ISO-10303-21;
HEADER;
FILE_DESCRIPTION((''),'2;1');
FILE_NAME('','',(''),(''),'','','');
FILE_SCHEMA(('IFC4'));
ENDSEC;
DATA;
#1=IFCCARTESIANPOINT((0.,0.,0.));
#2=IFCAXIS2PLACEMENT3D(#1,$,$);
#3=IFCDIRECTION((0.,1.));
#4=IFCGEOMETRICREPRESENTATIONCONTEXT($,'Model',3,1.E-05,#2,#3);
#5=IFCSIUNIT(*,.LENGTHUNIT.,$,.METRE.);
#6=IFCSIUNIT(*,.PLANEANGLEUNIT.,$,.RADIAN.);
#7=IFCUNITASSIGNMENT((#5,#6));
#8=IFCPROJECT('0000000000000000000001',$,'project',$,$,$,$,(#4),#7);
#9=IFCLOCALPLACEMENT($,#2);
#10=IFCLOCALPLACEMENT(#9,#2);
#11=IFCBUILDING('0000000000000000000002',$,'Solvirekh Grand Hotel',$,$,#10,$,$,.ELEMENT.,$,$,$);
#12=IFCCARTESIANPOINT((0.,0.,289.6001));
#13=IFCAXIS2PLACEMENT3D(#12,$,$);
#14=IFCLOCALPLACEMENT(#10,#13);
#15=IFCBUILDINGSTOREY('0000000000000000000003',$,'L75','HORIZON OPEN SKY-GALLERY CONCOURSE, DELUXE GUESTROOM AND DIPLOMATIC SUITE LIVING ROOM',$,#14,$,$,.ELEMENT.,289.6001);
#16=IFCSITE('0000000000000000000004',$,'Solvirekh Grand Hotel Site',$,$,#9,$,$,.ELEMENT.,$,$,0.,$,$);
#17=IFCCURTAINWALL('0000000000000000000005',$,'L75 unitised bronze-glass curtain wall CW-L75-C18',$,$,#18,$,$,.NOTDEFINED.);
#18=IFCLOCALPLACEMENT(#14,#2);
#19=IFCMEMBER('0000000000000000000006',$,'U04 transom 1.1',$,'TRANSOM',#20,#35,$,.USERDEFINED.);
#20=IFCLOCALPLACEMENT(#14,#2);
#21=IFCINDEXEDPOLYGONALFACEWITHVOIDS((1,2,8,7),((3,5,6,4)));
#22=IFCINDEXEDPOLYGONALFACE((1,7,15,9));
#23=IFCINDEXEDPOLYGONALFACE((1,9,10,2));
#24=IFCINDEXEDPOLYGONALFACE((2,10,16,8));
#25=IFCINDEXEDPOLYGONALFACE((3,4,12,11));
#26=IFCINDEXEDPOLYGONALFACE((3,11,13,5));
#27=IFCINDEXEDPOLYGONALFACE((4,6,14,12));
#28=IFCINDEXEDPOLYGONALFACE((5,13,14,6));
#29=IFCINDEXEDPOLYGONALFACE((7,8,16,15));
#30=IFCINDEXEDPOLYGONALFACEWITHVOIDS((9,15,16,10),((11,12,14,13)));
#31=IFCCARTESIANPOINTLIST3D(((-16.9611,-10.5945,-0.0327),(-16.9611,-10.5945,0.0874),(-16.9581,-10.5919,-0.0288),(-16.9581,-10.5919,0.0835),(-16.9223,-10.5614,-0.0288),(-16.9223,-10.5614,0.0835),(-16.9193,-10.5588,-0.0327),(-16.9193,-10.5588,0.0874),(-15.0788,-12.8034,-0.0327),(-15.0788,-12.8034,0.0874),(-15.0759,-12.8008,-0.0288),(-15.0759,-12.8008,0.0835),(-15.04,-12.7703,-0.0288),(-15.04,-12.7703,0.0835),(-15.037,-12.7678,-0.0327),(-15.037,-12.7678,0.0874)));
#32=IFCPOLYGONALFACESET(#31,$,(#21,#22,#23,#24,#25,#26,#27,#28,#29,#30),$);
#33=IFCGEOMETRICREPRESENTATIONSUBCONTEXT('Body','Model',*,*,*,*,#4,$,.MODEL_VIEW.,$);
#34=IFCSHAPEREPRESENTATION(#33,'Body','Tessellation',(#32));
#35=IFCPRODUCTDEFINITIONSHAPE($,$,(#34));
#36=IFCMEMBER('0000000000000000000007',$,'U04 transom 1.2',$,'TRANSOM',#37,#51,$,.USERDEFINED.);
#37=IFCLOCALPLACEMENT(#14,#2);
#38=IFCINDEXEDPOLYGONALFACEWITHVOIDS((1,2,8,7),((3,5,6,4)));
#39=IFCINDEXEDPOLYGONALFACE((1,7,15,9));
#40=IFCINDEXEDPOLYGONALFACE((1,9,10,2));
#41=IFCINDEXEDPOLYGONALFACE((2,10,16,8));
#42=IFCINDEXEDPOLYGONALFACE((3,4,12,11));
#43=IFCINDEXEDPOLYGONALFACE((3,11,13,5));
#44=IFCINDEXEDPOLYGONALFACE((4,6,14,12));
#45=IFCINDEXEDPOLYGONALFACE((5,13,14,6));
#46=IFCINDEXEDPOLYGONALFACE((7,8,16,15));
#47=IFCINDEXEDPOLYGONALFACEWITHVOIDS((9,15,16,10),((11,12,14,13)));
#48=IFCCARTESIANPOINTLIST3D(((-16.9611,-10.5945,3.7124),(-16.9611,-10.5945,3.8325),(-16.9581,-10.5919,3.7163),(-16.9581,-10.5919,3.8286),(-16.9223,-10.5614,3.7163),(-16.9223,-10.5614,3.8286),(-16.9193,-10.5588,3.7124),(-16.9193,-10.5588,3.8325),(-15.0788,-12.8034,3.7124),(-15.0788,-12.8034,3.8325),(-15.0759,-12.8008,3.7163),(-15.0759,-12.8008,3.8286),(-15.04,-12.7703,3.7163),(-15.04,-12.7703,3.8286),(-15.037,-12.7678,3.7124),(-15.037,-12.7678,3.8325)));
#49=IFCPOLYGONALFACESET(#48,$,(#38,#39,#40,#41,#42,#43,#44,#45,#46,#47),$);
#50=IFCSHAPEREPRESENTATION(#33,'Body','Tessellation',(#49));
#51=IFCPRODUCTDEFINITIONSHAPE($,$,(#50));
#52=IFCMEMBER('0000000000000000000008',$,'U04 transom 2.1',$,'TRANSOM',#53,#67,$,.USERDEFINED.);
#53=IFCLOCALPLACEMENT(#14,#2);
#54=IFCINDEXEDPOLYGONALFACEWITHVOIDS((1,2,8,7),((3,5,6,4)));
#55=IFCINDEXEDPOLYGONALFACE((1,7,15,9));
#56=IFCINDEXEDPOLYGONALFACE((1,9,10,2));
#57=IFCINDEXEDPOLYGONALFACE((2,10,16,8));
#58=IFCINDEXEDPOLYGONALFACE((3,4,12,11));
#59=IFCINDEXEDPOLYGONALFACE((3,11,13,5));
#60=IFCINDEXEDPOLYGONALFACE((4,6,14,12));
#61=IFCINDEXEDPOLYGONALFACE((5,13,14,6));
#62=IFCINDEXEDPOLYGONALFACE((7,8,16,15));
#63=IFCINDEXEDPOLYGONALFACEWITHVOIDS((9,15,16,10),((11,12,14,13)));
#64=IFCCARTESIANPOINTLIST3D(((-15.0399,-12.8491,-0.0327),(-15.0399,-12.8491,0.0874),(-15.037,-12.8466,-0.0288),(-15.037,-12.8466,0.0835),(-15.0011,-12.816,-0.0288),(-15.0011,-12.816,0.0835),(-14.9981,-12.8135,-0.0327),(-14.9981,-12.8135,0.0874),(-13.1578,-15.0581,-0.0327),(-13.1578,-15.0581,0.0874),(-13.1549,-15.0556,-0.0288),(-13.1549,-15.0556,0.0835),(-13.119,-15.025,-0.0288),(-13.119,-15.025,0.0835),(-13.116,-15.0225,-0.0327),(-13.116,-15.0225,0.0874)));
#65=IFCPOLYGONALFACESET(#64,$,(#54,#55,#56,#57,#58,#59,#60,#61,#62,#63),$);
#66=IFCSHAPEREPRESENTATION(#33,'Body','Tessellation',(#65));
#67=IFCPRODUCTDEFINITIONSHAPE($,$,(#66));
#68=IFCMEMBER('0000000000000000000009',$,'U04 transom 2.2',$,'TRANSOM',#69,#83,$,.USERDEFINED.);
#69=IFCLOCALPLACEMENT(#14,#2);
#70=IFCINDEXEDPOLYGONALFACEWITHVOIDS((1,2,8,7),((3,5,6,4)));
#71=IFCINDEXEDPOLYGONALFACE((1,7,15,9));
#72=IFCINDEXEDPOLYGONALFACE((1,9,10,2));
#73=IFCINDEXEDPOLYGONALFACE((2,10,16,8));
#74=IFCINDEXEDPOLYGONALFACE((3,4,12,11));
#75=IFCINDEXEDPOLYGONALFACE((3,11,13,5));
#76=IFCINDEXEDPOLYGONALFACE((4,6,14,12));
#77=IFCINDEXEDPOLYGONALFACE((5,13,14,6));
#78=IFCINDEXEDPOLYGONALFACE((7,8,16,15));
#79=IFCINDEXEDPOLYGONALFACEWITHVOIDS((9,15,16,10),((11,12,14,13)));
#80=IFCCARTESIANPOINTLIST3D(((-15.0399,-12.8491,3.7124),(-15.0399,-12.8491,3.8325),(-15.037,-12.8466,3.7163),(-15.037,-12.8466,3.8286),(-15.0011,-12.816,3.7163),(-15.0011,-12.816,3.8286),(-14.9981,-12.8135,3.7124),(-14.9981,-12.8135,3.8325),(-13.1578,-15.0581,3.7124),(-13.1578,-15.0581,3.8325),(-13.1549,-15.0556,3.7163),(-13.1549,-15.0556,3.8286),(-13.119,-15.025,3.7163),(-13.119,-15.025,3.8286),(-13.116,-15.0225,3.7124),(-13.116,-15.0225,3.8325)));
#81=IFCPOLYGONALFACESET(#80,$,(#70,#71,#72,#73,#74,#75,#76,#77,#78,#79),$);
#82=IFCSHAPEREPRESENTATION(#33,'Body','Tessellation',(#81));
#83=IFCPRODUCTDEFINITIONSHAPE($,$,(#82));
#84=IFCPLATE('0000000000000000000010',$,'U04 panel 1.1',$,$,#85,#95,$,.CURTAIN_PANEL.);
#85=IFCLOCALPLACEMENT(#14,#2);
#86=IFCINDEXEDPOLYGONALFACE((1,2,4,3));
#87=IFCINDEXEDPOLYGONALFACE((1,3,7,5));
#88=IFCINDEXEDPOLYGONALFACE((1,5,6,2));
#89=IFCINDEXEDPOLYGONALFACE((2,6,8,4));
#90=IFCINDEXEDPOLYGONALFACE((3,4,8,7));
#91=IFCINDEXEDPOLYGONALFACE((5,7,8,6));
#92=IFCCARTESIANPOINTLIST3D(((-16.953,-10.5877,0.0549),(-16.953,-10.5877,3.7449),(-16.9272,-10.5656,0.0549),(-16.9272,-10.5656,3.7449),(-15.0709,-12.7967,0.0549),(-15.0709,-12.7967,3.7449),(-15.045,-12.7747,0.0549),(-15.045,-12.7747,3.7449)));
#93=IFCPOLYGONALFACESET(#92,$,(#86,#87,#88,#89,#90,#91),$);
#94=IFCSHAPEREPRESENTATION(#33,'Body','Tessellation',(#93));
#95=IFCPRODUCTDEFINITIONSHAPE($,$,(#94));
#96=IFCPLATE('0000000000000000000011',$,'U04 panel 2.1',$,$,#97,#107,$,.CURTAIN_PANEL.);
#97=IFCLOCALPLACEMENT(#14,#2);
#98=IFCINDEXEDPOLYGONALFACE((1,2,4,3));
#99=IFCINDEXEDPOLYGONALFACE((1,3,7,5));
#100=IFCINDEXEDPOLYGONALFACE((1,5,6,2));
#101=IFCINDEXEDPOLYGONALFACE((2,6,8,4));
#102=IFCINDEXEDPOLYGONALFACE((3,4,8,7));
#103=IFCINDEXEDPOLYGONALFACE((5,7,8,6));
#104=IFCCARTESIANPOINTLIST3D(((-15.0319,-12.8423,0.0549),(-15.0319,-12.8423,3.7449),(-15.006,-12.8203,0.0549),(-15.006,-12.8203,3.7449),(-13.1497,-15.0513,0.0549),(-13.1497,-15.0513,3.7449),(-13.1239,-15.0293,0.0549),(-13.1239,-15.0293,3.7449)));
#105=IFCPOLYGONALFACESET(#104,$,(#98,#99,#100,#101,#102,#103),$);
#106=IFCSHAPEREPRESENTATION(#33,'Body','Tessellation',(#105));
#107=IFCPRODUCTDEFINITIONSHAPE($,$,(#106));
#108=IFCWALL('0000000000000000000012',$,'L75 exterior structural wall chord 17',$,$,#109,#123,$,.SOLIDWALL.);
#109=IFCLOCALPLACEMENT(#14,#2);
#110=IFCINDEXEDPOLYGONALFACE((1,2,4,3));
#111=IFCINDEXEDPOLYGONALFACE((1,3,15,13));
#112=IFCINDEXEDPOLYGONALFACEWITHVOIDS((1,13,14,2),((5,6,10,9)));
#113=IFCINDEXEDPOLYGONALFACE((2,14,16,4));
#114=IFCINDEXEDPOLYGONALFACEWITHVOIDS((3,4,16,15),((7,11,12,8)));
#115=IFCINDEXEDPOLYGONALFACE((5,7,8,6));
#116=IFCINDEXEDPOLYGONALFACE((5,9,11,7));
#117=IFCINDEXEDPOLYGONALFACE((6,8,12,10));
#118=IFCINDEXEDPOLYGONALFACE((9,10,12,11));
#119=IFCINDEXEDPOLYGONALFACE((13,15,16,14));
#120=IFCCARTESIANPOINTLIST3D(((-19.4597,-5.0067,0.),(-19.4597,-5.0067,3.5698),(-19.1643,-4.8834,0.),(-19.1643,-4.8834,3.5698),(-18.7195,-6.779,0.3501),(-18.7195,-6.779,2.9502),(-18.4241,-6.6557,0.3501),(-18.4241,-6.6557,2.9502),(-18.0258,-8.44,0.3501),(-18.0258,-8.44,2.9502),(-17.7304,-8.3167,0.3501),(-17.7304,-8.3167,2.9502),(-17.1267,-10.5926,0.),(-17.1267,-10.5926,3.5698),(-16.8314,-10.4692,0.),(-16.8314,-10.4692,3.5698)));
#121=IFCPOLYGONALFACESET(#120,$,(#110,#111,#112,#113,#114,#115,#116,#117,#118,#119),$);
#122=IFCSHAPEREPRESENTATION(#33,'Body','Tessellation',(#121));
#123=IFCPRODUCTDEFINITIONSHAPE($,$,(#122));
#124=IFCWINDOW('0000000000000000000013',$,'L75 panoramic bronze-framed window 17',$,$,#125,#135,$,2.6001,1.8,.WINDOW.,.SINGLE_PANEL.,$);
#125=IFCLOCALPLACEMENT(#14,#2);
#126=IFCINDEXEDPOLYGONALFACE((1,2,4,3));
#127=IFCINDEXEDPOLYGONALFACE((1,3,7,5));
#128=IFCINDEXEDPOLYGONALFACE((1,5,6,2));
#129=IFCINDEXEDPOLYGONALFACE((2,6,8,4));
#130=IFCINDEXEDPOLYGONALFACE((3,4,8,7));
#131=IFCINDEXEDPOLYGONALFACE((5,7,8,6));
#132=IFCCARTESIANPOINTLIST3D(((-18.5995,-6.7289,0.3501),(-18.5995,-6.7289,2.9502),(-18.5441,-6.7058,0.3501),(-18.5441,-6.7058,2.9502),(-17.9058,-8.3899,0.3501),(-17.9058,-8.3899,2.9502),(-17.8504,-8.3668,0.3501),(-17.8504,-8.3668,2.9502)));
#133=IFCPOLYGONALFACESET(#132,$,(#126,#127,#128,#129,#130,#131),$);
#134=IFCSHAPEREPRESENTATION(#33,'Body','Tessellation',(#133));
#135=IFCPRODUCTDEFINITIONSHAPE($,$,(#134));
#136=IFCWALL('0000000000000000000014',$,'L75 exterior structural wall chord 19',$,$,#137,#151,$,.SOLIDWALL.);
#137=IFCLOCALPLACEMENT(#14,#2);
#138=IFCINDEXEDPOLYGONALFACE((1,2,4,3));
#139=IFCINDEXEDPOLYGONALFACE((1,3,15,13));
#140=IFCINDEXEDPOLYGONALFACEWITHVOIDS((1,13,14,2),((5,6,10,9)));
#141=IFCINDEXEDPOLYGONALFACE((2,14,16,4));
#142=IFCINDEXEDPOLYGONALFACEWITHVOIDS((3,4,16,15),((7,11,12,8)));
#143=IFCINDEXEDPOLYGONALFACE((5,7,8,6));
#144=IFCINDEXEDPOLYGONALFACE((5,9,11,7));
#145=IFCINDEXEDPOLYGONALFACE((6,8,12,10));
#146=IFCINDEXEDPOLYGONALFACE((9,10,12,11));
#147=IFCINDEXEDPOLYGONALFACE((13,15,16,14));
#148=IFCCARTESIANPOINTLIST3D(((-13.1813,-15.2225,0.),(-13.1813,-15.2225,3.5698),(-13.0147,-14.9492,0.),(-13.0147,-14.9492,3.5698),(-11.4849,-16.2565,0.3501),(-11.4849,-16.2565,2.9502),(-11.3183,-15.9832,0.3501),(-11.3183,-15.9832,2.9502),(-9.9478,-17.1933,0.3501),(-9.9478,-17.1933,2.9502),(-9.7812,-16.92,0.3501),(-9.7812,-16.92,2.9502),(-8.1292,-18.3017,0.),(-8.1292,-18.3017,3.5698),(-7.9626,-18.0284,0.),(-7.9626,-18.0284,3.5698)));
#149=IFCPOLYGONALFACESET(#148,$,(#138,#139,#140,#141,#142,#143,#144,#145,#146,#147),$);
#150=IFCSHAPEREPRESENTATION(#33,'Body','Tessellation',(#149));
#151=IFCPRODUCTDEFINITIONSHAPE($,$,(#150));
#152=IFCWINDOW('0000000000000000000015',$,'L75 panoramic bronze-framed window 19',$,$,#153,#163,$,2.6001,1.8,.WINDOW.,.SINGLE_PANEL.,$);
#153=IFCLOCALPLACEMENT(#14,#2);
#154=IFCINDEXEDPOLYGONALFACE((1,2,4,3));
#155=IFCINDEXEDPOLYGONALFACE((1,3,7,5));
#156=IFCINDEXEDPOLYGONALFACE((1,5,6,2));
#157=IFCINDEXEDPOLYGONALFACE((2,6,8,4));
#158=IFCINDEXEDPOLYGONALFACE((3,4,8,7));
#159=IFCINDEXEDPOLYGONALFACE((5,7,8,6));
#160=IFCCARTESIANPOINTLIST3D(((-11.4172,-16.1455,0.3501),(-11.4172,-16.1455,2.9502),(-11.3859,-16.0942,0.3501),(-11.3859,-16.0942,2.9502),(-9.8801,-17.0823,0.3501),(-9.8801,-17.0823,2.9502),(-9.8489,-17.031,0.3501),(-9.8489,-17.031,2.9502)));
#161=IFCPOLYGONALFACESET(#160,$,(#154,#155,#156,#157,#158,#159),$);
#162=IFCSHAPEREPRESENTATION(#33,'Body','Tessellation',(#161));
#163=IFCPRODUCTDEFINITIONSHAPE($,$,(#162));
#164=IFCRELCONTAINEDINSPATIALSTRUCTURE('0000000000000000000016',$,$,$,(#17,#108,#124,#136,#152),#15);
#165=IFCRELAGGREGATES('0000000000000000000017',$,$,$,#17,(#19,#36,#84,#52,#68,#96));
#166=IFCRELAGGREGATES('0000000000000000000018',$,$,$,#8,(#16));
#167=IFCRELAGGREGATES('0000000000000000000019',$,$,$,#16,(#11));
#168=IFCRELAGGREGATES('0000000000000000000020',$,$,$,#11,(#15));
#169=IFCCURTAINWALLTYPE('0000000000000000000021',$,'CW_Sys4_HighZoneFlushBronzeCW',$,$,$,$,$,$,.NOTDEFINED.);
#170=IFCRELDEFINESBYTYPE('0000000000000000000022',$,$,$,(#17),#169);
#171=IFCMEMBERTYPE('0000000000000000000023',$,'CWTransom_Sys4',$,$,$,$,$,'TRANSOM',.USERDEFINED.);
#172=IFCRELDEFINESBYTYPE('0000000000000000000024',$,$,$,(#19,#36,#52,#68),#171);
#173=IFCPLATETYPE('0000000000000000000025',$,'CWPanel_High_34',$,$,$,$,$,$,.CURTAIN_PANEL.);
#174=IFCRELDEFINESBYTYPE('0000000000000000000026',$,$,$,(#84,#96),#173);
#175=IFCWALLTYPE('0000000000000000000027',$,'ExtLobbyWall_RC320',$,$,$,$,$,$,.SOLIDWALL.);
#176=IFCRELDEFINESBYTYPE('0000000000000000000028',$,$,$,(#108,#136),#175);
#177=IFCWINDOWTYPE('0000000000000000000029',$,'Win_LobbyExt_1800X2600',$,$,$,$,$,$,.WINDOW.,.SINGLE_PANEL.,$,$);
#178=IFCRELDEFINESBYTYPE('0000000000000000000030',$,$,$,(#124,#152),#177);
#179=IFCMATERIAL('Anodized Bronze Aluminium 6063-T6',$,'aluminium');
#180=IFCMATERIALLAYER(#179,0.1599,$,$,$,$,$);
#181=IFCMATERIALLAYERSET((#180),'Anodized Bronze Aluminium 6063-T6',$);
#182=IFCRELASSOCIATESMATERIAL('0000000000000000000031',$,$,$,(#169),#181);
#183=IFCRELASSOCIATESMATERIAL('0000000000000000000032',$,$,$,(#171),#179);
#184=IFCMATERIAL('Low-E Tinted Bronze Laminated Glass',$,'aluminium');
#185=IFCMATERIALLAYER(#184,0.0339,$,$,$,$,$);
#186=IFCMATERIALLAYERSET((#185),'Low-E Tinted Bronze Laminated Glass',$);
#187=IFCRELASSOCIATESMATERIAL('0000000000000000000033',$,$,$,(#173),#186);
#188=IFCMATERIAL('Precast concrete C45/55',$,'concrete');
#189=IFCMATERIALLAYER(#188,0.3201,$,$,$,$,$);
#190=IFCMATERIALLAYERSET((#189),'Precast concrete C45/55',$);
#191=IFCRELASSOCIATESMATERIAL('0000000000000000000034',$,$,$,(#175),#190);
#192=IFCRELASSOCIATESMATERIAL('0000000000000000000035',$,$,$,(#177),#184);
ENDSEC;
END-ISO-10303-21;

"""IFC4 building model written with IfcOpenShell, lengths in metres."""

from ifc_helpers import new_model, si_unit, direction, frame, frame_2d, origin, origin_2d, place, context, subcontext, project, spatial, rectangle, hollow_rectangle, extrude, source, transform, mapped, material, layer, layer_set, material_profile, profile_set, type_object, element, fill, aggregate, save


model = new_model("IFC4")

# Units and contexts
model_context = context("Model", 3, precision=1e-05, world=origin(), true_north=direction((0.0, 1.0)))
body_context = subcontext(model_context, "Body", "Model", "MODEL_VIEW")
ifc_project = project(units=[si_unit("LENGTHUNIT", "METRE"), si_unit("PLANEANGLEUNIT", "RADIAN")], contexts=[model_context])

# Site, building, storey
site_placement = place(None, origin())
site = spatial("IfcSite", under=ifc_project, at=site_placement, Name="Solvirekh Grand Hotel Site", CompositionType="ELEMENT", RefElevation=0.0)
building_placement = place(site_placement, origin())
building = spatial("IfcBuilding", under=site, at=building_placement, Name="Solvirekh Grand Hotel", CompositionType="ELEMENT")
storey_placement = place(building_placement, frame((0.0, 0.0, 289.6001)))
storey = spatial("IfcBuildingStorey", under=building, at=storey_placement, Name="L75", Description="HORIZON OPEN SKY-GALLERY CONCOURSE, DELUXE GUESTROOM AND DIPLOMATIC SUITE LIVING ROOM", CompositionType="ELEMENT", Elevation=289.6001)

# Curtain wall, members, plates
ifc_material_1 = material(Name="Anodized Bronze Aluminium 6063-T6", Category="aluminium")
ifc_layer_1 = layer(ifc_material_1, 0.1599)
ifc_layer_set_1 = layer_set([ifc_layer_1], Name="Anodized Bronze Aluminium 6063-T6")
curtain_wall_type = type_object("IfcCurtainWallType", Name="CW_Sys4_HighZoneFlushBronzeCW", PredefinedType="NOTDEFINED", material=ifc_layer_set_1)
curtain_wall_placement = place(storey_placement, origin())
curtain_wall = element("IfcCurtainWall", 1, at=curtain_wall_placement, inside=storey, type_object=curtain_wall_type, Name="L75 unitised bronze-glass curtain wall CW-L75-C18", PredefinedType="NOTDEFINED")
ifc_material_profile_1 = material_profile(ifc_material_1, hollow_rectangle(XDim=0.0549, YDim=0.1201, WallThickness=0.0039, at=origin_2d()), Name="ALU RHS 120X55X4")
ifc_profile_set_1 = profile_set([ifc_material_profile_1], Name="Anodized Bronze Aluminium 6063-T6")
member_type_1 = type_object("IfcMemberType", Name="CWTransom_Sys4", ElementType="TRANSOM", PredefinedType="USERDEFINED", material=ifc_profile_set_1)
shared_shape_1 = source(origin(), body_context, "Body", "SweptSolid", [
    extrude(hollow_rectangle(XDim=0.0549, YDim=0.1201, WallThickness=0.0039, at=origin_2d()), origin(), (0.0, 0.0, 1.0), 2.9021),
])
member_1_placement = place(storey_placement, frame((-16.9402, -10.5767, 0.0273), z_axis=(0.648586, -0.761142, 0.0), x_axis=(0.761142, 0.648586, 0.0)))
member_1 = element("IfcMember", 2, at=member_1_placement, type_object=member_type_1, Name="U04 transom 1.1", ObjectType="TRANSOM", PredefinedType="USERDEFINED", context=body_context, shape_type="MappedRepresentation", body=[
    mapped(shared_shape_1, transform((0.0, 0.0, 0.0), x_axis=(1.0, 0.0, 0.0), y_axis=(0.0, 1.0, 0.0), z_axis=(0.0, 0.0, 1.0), scale=1.0)),
])
member_2_placement = place(storey_placement, frame((-16.9402, -10.5767, 3.7725), z_axis=(0.648586, -0.761142, 0.0), x_axis=(0.761142, 0.648586, 0.0)))
member_2 = element("IfcMember", 3, at=member_2_placement, type_object=member_type_1, Name="U04 transom 1.2", ObjectType="TRANSOM", PredefinedType="USERDEFINED", context=body_context, shape_type="MappedRepresentation", body=[
    mapped(shared_shape_1, transform((0.0, 0.0, 0.0), x_axis=(1.0, 0.0, 0.0), y_axis=(0.0, 1.0, 0.0), z_axis=(0.0, 0.0, 1.0), scale=1.0)),
])
member_3_placement = place(storey_placement, frame((-15.019, -12.8313, 0.0273), z_axis=(0.648537, -0.761183, 0.0), x_axis=(0.761183, 0.648537, 0.0)))
member_3 = element("IfcMember", 4, at=member_3_placement, type_object=member_type_1, Name="U04 transom 2.1", ObjectType="TRANSOM", PredefinedType="USERDEFINED", context=body_context, shape_type="MappedRepresentation", body=[
    mapped(shared_shape_1, transform((0.0, 0.0, 0.0), x_axis=(1.0, 0.0, 0.0), y_axis=(0.0, 1.0, 0.0), z_axis=(0.0, 0.0, 1.0), scale=1.0)),
])
member_4_placement = place(storey_placement, frame((-15.019, -12.8313, 3.7725), z_axis=(0.648537, -0.761183, 0.0), x_axis=(0.761183, 0.648537, 0.0)))
member_4 = element("IfcMember", 5, at=member_4_placement, type_object=member_type_1, Name="U04 transom 2.2", ObjectType="TRANSOM", PredefinedType="USERDEFINED", context=body_context, shape_type="MappedRepresentation", body=[
    mapped(shared_shape_1, transform((0.0, 0.0, 0.0), x_axis=(1.0, 0.0, 0.0), y_axis=(0.0, 1.0, 0.0), z_axis=(0.0, 0.0, 1.0), scale=1.0)),
])
ifc_material_2 = material(Name="Low-E Tinted Bronze Laminated Glass", Category="aluminium")
ifc_layer_2 = layer(ifc_material_2, 0.0339)
ifc_layer_set_2 = layer_set([ifc_layer_2], Name="Low-E Tinted Bronze Laminated Glass")
plate_type = type_object("IfcPlateType", Name="CWPanel_High_34", PredefinedType="CURTAIN_PANEL", material=ifc_layer_set_2)
shared_shape_2 = source(origin(), body_context, "Body", "SweptSolid", [
    extrude(rectangle(XDim=2.9021, YDim=0.0339, at=origin_2d()), origin(), (0.0, 0.0, 1.0), 3.6899),
])
plate_1_placement = place(storey_placement, frame((-15.999, -11.6812, 0.0549), z_axis=(0.0, 0.0, 1.0), x_axis=(0.648545, -0.761176, 0.0)))
plate_1 = element("IfcPlate", 6, at=plate_1_placement, type_object=plate_type, Name="U04 panel 1.1", PredefinedType="CURTAIN_PANEL", context=body_context, shape_type="MappedRepresentation", body=[
    mapped(shared_shape_2, transform((0.0, 0.0, 0.0), x_axis=(1.0, 0.0, 0.0), y_axis=(0.0, 1.0, 0.0), z_axis=(0.0, 0.0, 1.0), scale=1.0)),
])
plate_2_placement = place(storey_placement, frame((-14.0779, -13.9358, 0.0549), z_axis=(0.0, 0.0, 1.0), x_axis=(0.648545, -0.761176, 0.0)))
plate_2 = element("IfcPlate", 7, at=plate_2_placement, type_object=plate_type, Name="U04 panel 2.1", PredefinedType="CURTAIN_PANEL", context=body_context, shape_type="MappedRepresentation", body=[
    mapped(shared_shape_2, transform((0.0, 0.0, 0.0), x_axis=(1.0, 0.0, 0.0), y_axis=(0.0, 1.0, 0.0), z_axis=(0.0, 0.0, 1.0), scale=1.0)),
])
aggregate(curtain_wall, [member_1, member_2, plate_1, member_3, member_4, plate_2])

# Walls, openings, windows
ifc_material_3 = material(Name="Precast concrete C45/55", Category="concrete")
ifc_layer_3 = layer(ifc_material_3, 0.3201)
ifc_layer_set_3 = layer_set([ifc_layer_3], Name="Precast concrete C45/55")
wall_type_1 = type_object("IfcWallType", Name="ExtLobbyWall_RC320", PredefinedType="SOLIDWALL", material=ifc_layer_set_3)
wall_1_placement = place(storey_placement, frame((-16.979, -10.531, 0.0), z_axis=(0.0, 0.0, 1.0), x_axis=(-0.385394, 0.922752, 0.0)))
wall_1 = element("IfcWall", 8, at=wall_1_placement, inside=storey, type_object=wall_type_1, Name="L75 exterior structural wall chord 17", PredefinedType="SOLIDWALL", context=body_context, shape_type="SweptSolid", body=[
    extrude(rectangle(XDim=6.0535, YDim=0.3201, at=frame_2d((3.0269, 0.0))), origin(), (0.0, 0.0, 1.0), 3.5698),
])
opening_1_placement = place(wall_1_placement, frame((2.333, 0.0, 0.3501)))
opening_1 = element("IfcOpeningElement", 9, at=opening_1_placement, cuts=wall_1, PredefinedType="OPENING", context=body_context, shape_type="SweptSolid", body=[
    extrude(rectangle(XDim=1.8, YDim=2.6001, at=frame_2d((0.8999, 1.3))), frame((0.0, 0.1699, 0.0), z_axis=(0.0, -1.0, 0.0), x_axis=(1.0, 0.0, 0.0)), (0.0, 0.0, 1.0), 0.3401),
])
window_type = type_object("IfcWindowType", Name="Win_LobbyExt_1800X2600", PartitioningType="SINGLE_PANEL", PredefinedType="WINDOW", material=ifc_material_2)
window_1_placement = place(opening_1_placement, origin())
window_1 = element("IfcWindow", 10, at=window_1_placement, inside=storey, type_object=window_type, Name="L75 panoramic bronze-framed window 17", OverallHeight=2.6001, OverallWidth=1.8, PartitioningType="SINGLE_PANEL", PredefinedType="WINDOW", context=body_context, shape_type="SweptSolid", body=[
    extrude(rectangle(XDim=1.8, YDim=2.6001, at=frame_2d((0.8999, 1.3))), frame((0.0, 0.03, 0.0), z_axis=(0.0, -1.0, 0.0), x_axis=(1.0, 0.0, 0.0)), (0.0, 0.0, 1.0), 0.0601),
])
fill(opening_1, window_1)
wall_2_placement = place(storey_placement, frame((-8.0459, -18.165, 0.0), z_axis=(0.0, 0.0, 1.0), x_axis=(-0.8539, 0.520436, 0.0)))
wall_2 = element("IfcWall", 11, at=wall_2_placement, inside=storey, type_object=wall_type_1, Name="L75 exterior structural wall chord 19", PredefinedType="SOLIDWALL", context=body_context, shape_type="SweptSolid", body=[
    extrude(rectangle(XDim=5.9165, YDim=0.3201, at=frame_2d((2.9583, 0.0))), origin(), (0.0, 0.0, 1.0), 3.5698),
])
opening_2_placement = place(wall_2_placement, frame((2.1299, 0.0, 0.3501)))
opening_2 = element("IfcOpeningElement", 12, at=opening_2_placement, cuts=wall_2, PredefinedType="OPENING", context=body_context, shape_type="SweptSolid", body=[
    extrude(rectangle(XDim=1.8, YDim=2.6001, at=frame_2d((0.8999, 1.3))), frame((0.0, 0.1699, 0.0), z_axis=(0.0, -1.0, 0.0), x_axis=(1.0, 0.0, 0.0)), (0.0, 0.0, 1.0), 0.3401),
])
window_2_placement = place(opening_2_placement, origin())
window_2 = element("IfcWindow", 13, at=window_2_placement, inside=storey, type_object=window_type, Name="L75 panoramic bronze-framed window 19", OverallHeight=2.6001, OverallWidth=1.8, PartitioningType="SINGLE_PANEL", PredefinedType="WINDOW", context=body_context, shape_type="SweptSolid", body=[
    extrude(rectangle(XDim=1.8, YDim=2.6001, at=frame_2d((0.8999, 1.3))), frame((0.0, 0.03, 0.0), z_axis=(0.0, -1.0, 0.0), x_axis=(1.0, 0.0, 0.0)), (0.0, 0.0, 1.0), 0.0601),
])
fill(opening_2, window_2)

save(model, "model.ifc")
